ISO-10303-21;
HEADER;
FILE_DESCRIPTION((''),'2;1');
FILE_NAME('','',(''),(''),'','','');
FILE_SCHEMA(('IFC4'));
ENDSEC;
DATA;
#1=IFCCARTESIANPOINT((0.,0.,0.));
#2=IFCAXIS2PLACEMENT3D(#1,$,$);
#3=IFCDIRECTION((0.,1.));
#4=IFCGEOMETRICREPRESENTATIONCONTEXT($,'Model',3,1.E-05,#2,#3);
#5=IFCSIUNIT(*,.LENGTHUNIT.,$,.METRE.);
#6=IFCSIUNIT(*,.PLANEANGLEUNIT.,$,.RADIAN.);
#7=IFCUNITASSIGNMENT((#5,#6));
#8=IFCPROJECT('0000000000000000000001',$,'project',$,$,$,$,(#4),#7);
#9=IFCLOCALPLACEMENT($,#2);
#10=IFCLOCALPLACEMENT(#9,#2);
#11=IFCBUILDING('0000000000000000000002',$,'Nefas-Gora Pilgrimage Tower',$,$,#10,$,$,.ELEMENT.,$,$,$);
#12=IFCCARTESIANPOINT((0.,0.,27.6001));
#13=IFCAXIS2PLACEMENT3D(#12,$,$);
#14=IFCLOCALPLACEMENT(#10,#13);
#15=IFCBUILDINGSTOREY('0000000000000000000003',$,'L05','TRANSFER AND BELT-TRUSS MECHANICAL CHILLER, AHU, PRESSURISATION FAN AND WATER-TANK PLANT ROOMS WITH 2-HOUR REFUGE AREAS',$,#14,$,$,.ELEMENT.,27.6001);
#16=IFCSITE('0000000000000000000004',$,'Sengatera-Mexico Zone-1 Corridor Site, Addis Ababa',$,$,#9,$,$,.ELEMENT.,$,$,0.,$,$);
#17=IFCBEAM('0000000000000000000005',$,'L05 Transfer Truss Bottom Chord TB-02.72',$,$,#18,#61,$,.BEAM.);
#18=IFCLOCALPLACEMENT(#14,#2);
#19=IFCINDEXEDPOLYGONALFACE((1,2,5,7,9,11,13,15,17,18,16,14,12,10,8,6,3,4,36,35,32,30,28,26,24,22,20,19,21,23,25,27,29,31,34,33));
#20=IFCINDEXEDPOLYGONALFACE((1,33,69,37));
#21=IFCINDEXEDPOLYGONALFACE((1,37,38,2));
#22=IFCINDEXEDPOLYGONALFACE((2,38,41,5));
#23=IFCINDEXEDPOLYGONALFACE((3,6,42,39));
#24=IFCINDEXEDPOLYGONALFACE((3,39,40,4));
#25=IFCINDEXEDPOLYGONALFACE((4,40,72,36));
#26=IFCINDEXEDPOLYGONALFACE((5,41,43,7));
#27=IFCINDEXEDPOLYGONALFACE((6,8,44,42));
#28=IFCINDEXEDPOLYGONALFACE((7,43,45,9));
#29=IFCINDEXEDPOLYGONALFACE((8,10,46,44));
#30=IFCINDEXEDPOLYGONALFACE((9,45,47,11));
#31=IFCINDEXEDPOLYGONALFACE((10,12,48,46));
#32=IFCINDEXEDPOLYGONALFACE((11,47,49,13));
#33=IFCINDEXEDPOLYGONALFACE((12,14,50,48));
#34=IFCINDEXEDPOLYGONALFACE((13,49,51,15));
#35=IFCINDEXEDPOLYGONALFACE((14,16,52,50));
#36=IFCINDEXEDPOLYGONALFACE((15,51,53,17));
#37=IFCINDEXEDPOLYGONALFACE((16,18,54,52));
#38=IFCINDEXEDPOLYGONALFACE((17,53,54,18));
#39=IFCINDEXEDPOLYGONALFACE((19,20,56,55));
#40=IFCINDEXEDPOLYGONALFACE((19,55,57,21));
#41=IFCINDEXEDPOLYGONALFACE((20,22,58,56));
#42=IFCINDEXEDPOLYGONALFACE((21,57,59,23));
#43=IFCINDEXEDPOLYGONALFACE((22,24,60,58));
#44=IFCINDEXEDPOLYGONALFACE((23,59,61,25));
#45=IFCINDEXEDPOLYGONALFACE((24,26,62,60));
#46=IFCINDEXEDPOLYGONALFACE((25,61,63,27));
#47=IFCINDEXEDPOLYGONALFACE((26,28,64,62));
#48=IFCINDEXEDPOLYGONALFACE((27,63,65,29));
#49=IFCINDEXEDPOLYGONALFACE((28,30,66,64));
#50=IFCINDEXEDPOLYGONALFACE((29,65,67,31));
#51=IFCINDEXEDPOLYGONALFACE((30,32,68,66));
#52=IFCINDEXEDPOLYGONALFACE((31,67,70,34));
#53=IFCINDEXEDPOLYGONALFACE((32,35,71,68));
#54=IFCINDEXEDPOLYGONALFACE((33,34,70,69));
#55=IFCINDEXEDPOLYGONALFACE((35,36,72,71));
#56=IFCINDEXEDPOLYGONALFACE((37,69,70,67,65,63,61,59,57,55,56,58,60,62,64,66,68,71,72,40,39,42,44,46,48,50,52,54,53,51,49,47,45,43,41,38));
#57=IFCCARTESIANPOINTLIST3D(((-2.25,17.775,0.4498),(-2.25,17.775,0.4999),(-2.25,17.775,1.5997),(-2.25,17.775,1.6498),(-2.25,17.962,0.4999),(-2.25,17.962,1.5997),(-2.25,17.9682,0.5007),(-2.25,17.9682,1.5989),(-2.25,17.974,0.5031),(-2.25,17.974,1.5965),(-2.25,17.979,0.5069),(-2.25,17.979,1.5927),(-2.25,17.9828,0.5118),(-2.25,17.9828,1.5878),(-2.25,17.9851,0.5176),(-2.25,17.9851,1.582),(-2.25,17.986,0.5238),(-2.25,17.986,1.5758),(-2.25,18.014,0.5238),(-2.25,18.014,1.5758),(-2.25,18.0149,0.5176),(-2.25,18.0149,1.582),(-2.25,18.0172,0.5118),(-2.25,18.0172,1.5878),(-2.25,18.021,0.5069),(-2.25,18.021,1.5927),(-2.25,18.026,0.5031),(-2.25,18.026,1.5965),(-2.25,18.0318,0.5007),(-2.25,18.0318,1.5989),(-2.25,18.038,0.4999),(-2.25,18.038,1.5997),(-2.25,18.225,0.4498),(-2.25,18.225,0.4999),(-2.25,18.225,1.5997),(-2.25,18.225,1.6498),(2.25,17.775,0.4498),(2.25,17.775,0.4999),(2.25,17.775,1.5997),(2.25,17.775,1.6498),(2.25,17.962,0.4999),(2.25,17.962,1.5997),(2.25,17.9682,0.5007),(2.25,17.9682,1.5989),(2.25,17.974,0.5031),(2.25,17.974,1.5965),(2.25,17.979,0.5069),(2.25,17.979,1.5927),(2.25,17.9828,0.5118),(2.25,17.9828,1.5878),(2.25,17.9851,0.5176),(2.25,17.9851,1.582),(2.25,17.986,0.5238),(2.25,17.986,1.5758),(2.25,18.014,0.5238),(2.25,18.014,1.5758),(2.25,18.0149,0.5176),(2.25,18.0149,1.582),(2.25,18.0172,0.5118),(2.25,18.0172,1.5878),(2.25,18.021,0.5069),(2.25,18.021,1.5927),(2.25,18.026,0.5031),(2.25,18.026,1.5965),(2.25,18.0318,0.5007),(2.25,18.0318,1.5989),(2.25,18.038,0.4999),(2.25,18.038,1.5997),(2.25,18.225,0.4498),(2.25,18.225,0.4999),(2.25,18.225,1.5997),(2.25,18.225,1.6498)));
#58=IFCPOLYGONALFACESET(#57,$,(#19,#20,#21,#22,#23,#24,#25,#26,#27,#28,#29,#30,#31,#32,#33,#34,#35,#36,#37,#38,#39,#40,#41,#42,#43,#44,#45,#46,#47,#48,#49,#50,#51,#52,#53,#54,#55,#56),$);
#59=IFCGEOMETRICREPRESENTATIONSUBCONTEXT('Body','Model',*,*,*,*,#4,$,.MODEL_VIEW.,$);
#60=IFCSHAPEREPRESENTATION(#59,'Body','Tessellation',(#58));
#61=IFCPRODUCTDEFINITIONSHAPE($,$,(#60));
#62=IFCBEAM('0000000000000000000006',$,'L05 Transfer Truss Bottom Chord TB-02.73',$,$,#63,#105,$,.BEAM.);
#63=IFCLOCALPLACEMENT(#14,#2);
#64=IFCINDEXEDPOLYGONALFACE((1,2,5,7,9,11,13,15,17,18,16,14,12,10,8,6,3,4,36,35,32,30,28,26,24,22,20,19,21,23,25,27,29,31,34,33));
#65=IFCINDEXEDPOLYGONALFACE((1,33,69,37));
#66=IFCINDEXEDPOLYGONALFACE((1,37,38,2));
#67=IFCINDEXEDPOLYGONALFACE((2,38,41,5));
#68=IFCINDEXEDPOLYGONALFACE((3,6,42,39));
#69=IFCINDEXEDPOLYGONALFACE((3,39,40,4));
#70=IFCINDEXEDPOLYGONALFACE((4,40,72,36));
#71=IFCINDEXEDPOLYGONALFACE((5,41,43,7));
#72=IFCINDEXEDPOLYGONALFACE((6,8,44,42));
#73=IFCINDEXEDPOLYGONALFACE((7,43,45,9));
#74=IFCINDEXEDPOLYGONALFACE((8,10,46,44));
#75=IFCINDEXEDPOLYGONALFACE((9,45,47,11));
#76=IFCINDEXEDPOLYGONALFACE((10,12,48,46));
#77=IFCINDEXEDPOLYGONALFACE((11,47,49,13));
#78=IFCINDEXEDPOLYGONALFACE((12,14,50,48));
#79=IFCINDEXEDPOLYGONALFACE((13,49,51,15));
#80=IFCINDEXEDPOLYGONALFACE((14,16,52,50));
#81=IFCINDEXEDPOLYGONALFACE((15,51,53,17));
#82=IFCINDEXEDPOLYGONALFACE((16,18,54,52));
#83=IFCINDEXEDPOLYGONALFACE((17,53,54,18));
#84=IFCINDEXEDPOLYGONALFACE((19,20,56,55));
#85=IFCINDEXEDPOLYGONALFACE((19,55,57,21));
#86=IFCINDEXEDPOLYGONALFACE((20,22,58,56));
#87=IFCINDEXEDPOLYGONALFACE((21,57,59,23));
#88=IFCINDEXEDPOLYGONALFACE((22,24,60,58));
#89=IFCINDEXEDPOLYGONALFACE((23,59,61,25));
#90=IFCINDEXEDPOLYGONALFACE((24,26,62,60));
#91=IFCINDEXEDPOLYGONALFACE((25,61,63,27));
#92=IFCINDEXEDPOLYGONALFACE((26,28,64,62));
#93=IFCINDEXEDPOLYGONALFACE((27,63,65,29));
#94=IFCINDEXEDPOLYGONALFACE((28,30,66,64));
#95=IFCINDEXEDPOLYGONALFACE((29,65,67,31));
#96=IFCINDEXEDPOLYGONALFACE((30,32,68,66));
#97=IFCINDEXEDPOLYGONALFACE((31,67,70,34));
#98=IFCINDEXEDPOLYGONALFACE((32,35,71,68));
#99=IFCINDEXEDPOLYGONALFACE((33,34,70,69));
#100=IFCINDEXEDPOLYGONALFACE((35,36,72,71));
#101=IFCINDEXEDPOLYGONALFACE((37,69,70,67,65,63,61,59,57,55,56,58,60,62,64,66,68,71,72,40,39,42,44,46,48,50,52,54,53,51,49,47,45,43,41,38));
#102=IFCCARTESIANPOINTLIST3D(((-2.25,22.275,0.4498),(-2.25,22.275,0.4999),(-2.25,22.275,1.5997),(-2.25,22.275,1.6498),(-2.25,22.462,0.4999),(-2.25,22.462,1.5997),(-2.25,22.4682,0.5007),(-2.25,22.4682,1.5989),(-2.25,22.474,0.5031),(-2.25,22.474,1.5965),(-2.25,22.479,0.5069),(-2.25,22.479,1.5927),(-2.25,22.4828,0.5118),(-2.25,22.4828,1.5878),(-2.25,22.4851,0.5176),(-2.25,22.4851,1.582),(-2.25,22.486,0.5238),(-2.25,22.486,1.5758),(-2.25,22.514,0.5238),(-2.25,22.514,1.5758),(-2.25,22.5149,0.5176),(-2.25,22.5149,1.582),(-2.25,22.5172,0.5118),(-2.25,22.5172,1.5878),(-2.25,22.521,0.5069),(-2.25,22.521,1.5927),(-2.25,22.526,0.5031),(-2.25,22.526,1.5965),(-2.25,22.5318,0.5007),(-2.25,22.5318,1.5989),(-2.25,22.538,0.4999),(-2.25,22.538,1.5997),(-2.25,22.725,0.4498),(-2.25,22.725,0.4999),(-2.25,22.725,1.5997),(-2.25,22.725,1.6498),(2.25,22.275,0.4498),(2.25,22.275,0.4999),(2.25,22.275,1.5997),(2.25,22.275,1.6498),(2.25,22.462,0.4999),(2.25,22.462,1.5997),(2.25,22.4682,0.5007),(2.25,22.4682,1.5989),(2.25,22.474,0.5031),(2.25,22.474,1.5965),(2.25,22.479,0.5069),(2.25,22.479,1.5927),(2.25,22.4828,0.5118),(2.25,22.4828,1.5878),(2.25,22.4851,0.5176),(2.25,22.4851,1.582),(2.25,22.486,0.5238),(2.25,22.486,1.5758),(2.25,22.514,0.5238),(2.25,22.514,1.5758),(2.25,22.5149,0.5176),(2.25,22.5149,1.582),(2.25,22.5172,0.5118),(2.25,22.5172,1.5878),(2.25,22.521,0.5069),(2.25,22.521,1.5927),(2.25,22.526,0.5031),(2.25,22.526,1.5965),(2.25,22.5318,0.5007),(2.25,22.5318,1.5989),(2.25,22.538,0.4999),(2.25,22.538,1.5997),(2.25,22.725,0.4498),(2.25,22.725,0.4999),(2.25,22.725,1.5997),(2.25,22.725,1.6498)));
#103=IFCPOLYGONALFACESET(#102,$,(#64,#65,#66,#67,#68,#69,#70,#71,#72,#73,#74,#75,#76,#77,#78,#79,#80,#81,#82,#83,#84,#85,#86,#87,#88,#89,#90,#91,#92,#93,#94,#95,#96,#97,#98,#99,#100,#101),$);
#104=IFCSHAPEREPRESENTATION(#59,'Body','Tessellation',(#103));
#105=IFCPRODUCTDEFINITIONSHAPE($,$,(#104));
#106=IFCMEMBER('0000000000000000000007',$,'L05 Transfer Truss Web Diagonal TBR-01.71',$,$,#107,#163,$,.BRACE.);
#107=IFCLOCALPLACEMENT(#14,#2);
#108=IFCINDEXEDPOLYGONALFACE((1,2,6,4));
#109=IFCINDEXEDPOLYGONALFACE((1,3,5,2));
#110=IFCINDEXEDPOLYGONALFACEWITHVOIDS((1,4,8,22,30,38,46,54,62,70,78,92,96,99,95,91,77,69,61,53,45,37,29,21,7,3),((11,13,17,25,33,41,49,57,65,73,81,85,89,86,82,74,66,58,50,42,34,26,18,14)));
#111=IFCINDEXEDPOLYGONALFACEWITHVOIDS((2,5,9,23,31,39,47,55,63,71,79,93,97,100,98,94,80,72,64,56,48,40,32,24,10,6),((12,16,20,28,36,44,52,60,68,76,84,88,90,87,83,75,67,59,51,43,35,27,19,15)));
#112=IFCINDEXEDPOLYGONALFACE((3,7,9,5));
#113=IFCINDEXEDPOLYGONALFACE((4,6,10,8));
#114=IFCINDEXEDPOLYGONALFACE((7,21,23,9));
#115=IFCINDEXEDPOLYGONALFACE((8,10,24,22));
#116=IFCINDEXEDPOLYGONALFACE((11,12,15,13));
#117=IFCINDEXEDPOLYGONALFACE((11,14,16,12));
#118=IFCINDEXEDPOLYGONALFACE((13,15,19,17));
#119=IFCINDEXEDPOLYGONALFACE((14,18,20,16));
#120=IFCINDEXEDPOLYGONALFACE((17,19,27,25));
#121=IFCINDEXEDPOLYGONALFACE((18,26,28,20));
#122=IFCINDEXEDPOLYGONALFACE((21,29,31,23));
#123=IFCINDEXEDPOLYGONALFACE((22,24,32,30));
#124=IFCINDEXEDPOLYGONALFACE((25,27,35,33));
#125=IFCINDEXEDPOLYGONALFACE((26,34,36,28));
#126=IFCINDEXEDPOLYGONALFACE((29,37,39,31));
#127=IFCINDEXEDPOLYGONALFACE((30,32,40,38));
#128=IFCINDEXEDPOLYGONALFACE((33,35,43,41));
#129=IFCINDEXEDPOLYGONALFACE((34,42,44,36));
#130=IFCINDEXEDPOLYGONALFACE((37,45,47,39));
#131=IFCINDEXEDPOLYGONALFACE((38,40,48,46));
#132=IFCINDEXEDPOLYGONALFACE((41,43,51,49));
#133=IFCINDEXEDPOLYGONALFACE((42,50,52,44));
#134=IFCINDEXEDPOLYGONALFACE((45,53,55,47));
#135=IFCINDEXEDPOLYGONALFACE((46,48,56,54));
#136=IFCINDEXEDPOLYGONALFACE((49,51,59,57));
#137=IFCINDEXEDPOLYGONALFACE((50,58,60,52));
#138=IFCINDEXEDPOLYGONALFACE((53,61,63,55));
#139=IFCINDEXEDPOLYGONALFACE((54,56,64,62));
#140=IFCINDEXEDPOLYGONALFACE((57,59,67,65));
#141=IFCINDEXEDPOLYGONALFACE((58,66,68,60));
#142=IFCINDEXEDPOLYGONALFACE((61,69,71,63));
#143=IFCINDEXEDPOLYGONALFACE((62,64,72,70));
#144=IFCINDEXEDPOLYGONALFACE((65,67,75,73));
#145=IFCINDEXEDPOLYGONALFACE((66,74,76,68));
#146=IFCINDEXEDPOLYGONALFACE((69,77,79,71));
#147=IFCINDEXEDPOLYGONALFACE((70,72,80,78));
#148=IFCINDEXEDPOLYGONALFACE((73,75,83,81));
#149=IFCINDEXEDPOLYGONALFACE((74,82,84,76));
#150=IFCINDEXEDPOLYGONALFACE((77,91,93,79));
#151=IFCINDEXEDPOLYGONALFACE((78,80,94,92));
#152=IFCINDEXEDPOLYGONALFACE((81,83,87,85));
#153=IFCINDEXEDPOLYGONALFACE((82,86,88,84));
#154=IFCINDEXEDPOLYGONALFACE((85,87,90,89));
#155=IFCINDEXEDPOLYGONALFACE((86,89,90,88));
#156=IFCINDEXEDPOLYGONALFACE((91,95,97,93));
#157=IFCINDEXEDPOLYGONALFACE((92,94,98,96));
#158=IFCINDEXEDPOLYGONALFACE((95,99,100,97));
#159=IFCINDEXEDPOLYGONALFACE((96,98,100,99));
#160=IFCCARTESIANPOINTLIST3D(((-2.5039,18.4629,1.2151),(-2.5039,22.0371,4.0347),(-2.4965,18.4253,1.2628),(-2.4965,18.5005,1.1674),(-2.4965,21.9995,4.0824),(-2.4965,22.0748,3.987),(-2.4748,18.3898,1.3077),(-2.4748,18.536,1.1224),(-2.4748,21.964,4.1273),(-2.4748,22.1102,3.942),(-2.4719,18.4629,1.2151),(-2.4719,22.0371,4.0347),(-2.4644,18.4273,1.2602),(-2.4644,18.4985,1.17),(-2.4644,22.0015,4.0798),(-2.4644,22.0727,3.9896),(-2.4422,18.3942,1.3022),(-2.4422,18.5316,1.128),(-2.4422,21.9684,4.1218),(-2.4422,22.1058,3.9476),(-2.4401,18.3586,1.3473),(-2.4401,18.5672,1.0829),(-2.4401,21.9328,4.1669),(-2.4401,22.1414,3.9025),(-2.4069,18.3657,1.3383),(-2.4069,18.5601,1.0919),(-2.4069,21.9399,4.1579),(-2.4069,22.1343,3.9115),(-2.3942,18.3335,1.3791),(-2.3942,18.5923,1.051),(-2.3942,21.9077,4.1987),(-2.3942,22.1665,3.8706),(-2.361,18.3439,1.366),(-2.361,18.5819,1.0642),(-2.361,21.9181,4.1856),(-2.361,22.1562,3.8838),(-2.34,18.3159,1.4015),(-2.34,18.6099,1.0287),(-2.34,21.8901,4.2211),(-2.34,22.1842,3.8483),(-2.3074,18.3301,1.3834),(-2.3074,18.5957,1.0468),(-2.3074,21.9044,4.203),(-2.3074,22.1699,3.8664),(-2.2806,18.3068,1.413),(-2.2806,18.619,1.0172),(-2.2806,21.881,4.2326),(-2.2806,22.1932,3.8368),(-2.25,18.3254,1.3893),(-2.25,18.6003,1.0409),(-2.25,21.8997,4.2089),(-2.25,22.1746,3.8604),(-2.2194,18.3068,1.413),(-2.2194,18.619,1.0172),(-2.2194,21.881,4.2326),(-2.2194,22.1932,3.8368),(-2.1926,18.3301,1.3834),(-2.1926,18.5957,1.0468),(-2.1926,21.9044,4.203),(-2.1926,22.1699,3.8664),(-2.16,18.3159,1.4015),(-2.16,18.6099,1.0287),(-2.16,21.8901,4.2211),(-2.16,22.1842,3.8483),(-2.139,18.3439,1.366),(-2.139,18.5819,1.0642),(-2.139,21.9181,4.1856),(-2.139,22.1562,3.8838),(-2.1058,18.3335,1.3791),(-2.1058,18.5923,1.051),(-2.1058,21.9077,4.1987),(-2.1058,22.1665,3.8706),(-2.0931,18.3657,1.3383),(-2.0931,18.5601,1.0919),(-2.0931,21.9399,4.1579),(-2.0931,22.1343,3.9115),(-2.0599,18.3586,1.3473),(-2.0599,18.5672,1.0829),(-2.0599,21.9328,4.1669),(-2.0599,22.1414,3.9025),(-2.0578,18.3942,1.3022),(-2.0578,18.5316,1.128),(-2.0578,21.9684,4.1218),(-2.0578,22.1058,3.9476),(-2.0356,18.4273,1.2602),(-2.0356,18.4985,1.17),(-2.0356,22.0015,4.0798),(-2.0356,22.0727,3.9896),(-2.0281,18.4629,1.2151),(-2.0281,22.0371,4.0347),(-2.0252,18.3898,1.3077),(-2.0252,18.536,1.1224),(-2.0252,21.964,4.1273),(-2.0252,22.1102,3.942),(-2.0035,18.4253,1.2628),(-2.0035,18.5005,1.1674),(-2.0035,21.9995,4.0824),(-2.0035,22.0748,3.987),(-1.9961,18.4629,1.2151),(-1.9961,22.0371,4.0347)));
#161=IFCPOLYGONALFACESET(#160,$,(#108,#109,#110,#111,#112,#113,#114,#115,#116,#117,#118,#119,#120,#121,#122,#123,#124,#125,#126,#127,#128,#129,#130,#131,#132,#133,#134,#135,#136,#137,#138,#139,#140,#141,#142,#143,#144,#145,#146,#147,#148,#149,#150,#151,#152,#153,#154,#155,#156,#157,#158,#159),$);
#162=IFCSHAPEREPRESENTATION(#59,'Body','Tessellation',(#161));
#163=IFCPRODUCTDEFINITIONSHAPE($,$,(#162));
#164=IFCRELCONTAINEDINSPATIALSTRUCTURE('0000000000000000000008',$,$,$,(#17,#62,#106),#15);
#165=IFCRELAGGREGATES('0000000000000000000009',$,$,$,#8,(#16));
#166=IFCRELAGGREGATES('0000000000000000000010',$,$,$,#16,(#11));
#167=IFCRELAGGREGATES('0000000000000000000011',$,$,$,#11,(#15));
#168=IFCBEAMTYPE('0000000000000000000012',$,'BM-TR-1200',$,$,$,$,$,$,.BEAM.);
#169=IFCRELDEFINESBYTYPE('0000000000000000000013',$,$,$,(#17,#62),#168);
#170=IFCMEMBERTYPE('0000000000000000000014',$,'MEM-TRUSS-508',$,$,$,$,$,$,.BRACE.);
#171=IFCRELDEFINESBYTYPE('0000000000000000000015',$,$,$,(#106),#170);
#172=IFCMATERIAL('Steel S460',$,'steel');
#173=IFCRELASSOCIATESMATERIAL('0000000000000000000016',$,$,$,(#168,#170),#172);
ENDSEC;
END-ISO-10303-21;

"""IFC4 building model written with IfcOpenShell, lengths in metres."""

from ifc_helpers import new_model, si_unit, direction, frame, origin, origin_2d, place, context, subcontext, project, spatial, hollow_circle, i_section, extrude, source, transform, mapped, material, material_profile, profile_set, type_object, element, save


model = new_model("IFC4")

# Units and contexts
model_context = context("Model", 3, precision=1e-05, world=origin(), true_north=direction((0.0, 1.0)))
body_context = subcontext(model_context, "Body", "Model", "MODEL_VIEW")
ifc_project = project(units=[si_unit("LENGTHUNIT", "METRE"), si_unit("PLANEANGLEUNIT", "RADIAN")], contexts=[model_context])

# Site, building, storey
site_placement = place(None, origin())
site = spatial("IfcSite", under=ifc_project, at=site_placement, Name="Sengatera-Mexico Zone-1 Corridor Site, Addis Ababa", CompositionType="ELEMENT", RefElevation=0.0)
building_placement = place(site_placement, origin())
building = spatial("IfcBuilding", under=site, at=building_placement, Name="Nefas-Gora Pilgrimage Tower", CompositionType="ELEMENT")
storey_placement = place(building_placement, frame((0.0, 0.0, 27.6001)))
storey = spatial("IfcBuildingStorey", under=building, at=storey_placement, Name="L05", Description="TRANSFER AND BELT-TRUSS MECHANICAL CHILLER, AHU, PRESSURISATION FAN AND WATER-TANK PLANT ROOMS WITH 2-HOUR REFUGE AREAS", CompositionType="ELEMENT", Elevation=27.6001)

# Shared definitions
ifc_material = material(Name="Steel S460", Category="steel")

# Beams
ifc_material_profile_1 = material_profile(ifc_material, i_section(OverallWidth=0.45, OverallDepth=1.2, WebThickness=0.0281, FlangeThickness=0.05, FilletRadius=0.0239, at=origin_2d()), Name="WPG 1200x450x28x50")
ifc_profile_set_1 = profile_set([ifc_material_profile_1], Name="Steel S460")
beam_type_1 = type_object("IfcBeamType", Name="BM-TR-1200", PredefinedType="BEAM", material=ifc_profile_set_1)
shared_shape_1 = source(origin(), body_context, "Body", "SweptSolid", [
    extrude(i_section(OverallWidth=0.45, OverallDepth=1.2, WebThickness=0.0281, FlangeThickness=0.05, FilletRadius=0.0239, at=origin_2d()), origin(), (0.0, 0.0, 1.0), 4.5),
])
for number, where, z_axis, x_axis, name in (
    (1, (-2.25, 18.0, 1.0498), (1.0, 0.0, 0.0), (0.0, 1.0, 0.0), "L05 Transfer Truss Bottom Chord TB-02.72"),
    (2, (-2.25, 22.5, 1.0498), (1.0, 0.0, 0.0), (0.0, 1.0, 0.0), "L05 Transfer Truss Bottom Chord TB-02.73"),
):
    element("IfcBeam", number, at=place(storey_placement, frame(where, z_axis=z_axis, x_axis=x_axis)), inside=storey, type_object=beam_type_1, Name=name, PredefinedType="BEAM", context=body_context, shape_type="MappedRepresentation", body=[
        mapped(shared_shape_1, transform((0.0, 0.0, 0.0), x_axis=(1.0, 0.0, 0.0), y_axis=(0.0, 1.0, 0.0), z_axis=(0.0, 0.0, 1.0), scale=1.0)),
    ])

# Member
ifc_material_profile_2 = material_profile(ifc_material, hollow_circle(Radius=0.2539, WallThickness=0.032, at=origin_2d()), Name="CHS 508x32")
ifc_profile_set_2 = profile_set([ifc_material_profile_2], Name="Steel S460")
member_type = type_object("IfcMemberType", Name="MEM-TRUSS-508", PredefinedType="BRACE", material=ifc_profile_set_2)
shared_shape_2 = source(origin(), body_context, "Body", "SweptSolid", [
    extrude(hollow_circle(Radius=0.2539, WallThickness=0.032, at=origin_2d()), origin(), (0.0, 0.0, 1.0), 4.5525),
])
for number, where, z_axis, x_axis, name in (
    (3, (-2.25, 18.4629, 1.2151), (0.0, 0.785115, 0.61935), (-1.0, 0.0, 0.0), "L05 Transfer Truss Web Diagonal TBR-01.71"),
):
    element("IfcMember", number, at=place(storey_placement, frame(where, z_axis=z_axis, x_axis=x_axis)), inside=storey, type_object=member_type, Name=name, PredefinedType="BRACE", context=body_context, shape_type="MappedRepresentation", body=[
        mapped(shared_shape_2, transform((0.0, 0.0, 0.0), x_axis=(1.0, 0.0, 0.0), y_axis=(0.0, 1.0, 0.0), z_axis=(0.0, 0.0, 1.0), scale=1.0)),
    ])

save(model, "model.ifc")
